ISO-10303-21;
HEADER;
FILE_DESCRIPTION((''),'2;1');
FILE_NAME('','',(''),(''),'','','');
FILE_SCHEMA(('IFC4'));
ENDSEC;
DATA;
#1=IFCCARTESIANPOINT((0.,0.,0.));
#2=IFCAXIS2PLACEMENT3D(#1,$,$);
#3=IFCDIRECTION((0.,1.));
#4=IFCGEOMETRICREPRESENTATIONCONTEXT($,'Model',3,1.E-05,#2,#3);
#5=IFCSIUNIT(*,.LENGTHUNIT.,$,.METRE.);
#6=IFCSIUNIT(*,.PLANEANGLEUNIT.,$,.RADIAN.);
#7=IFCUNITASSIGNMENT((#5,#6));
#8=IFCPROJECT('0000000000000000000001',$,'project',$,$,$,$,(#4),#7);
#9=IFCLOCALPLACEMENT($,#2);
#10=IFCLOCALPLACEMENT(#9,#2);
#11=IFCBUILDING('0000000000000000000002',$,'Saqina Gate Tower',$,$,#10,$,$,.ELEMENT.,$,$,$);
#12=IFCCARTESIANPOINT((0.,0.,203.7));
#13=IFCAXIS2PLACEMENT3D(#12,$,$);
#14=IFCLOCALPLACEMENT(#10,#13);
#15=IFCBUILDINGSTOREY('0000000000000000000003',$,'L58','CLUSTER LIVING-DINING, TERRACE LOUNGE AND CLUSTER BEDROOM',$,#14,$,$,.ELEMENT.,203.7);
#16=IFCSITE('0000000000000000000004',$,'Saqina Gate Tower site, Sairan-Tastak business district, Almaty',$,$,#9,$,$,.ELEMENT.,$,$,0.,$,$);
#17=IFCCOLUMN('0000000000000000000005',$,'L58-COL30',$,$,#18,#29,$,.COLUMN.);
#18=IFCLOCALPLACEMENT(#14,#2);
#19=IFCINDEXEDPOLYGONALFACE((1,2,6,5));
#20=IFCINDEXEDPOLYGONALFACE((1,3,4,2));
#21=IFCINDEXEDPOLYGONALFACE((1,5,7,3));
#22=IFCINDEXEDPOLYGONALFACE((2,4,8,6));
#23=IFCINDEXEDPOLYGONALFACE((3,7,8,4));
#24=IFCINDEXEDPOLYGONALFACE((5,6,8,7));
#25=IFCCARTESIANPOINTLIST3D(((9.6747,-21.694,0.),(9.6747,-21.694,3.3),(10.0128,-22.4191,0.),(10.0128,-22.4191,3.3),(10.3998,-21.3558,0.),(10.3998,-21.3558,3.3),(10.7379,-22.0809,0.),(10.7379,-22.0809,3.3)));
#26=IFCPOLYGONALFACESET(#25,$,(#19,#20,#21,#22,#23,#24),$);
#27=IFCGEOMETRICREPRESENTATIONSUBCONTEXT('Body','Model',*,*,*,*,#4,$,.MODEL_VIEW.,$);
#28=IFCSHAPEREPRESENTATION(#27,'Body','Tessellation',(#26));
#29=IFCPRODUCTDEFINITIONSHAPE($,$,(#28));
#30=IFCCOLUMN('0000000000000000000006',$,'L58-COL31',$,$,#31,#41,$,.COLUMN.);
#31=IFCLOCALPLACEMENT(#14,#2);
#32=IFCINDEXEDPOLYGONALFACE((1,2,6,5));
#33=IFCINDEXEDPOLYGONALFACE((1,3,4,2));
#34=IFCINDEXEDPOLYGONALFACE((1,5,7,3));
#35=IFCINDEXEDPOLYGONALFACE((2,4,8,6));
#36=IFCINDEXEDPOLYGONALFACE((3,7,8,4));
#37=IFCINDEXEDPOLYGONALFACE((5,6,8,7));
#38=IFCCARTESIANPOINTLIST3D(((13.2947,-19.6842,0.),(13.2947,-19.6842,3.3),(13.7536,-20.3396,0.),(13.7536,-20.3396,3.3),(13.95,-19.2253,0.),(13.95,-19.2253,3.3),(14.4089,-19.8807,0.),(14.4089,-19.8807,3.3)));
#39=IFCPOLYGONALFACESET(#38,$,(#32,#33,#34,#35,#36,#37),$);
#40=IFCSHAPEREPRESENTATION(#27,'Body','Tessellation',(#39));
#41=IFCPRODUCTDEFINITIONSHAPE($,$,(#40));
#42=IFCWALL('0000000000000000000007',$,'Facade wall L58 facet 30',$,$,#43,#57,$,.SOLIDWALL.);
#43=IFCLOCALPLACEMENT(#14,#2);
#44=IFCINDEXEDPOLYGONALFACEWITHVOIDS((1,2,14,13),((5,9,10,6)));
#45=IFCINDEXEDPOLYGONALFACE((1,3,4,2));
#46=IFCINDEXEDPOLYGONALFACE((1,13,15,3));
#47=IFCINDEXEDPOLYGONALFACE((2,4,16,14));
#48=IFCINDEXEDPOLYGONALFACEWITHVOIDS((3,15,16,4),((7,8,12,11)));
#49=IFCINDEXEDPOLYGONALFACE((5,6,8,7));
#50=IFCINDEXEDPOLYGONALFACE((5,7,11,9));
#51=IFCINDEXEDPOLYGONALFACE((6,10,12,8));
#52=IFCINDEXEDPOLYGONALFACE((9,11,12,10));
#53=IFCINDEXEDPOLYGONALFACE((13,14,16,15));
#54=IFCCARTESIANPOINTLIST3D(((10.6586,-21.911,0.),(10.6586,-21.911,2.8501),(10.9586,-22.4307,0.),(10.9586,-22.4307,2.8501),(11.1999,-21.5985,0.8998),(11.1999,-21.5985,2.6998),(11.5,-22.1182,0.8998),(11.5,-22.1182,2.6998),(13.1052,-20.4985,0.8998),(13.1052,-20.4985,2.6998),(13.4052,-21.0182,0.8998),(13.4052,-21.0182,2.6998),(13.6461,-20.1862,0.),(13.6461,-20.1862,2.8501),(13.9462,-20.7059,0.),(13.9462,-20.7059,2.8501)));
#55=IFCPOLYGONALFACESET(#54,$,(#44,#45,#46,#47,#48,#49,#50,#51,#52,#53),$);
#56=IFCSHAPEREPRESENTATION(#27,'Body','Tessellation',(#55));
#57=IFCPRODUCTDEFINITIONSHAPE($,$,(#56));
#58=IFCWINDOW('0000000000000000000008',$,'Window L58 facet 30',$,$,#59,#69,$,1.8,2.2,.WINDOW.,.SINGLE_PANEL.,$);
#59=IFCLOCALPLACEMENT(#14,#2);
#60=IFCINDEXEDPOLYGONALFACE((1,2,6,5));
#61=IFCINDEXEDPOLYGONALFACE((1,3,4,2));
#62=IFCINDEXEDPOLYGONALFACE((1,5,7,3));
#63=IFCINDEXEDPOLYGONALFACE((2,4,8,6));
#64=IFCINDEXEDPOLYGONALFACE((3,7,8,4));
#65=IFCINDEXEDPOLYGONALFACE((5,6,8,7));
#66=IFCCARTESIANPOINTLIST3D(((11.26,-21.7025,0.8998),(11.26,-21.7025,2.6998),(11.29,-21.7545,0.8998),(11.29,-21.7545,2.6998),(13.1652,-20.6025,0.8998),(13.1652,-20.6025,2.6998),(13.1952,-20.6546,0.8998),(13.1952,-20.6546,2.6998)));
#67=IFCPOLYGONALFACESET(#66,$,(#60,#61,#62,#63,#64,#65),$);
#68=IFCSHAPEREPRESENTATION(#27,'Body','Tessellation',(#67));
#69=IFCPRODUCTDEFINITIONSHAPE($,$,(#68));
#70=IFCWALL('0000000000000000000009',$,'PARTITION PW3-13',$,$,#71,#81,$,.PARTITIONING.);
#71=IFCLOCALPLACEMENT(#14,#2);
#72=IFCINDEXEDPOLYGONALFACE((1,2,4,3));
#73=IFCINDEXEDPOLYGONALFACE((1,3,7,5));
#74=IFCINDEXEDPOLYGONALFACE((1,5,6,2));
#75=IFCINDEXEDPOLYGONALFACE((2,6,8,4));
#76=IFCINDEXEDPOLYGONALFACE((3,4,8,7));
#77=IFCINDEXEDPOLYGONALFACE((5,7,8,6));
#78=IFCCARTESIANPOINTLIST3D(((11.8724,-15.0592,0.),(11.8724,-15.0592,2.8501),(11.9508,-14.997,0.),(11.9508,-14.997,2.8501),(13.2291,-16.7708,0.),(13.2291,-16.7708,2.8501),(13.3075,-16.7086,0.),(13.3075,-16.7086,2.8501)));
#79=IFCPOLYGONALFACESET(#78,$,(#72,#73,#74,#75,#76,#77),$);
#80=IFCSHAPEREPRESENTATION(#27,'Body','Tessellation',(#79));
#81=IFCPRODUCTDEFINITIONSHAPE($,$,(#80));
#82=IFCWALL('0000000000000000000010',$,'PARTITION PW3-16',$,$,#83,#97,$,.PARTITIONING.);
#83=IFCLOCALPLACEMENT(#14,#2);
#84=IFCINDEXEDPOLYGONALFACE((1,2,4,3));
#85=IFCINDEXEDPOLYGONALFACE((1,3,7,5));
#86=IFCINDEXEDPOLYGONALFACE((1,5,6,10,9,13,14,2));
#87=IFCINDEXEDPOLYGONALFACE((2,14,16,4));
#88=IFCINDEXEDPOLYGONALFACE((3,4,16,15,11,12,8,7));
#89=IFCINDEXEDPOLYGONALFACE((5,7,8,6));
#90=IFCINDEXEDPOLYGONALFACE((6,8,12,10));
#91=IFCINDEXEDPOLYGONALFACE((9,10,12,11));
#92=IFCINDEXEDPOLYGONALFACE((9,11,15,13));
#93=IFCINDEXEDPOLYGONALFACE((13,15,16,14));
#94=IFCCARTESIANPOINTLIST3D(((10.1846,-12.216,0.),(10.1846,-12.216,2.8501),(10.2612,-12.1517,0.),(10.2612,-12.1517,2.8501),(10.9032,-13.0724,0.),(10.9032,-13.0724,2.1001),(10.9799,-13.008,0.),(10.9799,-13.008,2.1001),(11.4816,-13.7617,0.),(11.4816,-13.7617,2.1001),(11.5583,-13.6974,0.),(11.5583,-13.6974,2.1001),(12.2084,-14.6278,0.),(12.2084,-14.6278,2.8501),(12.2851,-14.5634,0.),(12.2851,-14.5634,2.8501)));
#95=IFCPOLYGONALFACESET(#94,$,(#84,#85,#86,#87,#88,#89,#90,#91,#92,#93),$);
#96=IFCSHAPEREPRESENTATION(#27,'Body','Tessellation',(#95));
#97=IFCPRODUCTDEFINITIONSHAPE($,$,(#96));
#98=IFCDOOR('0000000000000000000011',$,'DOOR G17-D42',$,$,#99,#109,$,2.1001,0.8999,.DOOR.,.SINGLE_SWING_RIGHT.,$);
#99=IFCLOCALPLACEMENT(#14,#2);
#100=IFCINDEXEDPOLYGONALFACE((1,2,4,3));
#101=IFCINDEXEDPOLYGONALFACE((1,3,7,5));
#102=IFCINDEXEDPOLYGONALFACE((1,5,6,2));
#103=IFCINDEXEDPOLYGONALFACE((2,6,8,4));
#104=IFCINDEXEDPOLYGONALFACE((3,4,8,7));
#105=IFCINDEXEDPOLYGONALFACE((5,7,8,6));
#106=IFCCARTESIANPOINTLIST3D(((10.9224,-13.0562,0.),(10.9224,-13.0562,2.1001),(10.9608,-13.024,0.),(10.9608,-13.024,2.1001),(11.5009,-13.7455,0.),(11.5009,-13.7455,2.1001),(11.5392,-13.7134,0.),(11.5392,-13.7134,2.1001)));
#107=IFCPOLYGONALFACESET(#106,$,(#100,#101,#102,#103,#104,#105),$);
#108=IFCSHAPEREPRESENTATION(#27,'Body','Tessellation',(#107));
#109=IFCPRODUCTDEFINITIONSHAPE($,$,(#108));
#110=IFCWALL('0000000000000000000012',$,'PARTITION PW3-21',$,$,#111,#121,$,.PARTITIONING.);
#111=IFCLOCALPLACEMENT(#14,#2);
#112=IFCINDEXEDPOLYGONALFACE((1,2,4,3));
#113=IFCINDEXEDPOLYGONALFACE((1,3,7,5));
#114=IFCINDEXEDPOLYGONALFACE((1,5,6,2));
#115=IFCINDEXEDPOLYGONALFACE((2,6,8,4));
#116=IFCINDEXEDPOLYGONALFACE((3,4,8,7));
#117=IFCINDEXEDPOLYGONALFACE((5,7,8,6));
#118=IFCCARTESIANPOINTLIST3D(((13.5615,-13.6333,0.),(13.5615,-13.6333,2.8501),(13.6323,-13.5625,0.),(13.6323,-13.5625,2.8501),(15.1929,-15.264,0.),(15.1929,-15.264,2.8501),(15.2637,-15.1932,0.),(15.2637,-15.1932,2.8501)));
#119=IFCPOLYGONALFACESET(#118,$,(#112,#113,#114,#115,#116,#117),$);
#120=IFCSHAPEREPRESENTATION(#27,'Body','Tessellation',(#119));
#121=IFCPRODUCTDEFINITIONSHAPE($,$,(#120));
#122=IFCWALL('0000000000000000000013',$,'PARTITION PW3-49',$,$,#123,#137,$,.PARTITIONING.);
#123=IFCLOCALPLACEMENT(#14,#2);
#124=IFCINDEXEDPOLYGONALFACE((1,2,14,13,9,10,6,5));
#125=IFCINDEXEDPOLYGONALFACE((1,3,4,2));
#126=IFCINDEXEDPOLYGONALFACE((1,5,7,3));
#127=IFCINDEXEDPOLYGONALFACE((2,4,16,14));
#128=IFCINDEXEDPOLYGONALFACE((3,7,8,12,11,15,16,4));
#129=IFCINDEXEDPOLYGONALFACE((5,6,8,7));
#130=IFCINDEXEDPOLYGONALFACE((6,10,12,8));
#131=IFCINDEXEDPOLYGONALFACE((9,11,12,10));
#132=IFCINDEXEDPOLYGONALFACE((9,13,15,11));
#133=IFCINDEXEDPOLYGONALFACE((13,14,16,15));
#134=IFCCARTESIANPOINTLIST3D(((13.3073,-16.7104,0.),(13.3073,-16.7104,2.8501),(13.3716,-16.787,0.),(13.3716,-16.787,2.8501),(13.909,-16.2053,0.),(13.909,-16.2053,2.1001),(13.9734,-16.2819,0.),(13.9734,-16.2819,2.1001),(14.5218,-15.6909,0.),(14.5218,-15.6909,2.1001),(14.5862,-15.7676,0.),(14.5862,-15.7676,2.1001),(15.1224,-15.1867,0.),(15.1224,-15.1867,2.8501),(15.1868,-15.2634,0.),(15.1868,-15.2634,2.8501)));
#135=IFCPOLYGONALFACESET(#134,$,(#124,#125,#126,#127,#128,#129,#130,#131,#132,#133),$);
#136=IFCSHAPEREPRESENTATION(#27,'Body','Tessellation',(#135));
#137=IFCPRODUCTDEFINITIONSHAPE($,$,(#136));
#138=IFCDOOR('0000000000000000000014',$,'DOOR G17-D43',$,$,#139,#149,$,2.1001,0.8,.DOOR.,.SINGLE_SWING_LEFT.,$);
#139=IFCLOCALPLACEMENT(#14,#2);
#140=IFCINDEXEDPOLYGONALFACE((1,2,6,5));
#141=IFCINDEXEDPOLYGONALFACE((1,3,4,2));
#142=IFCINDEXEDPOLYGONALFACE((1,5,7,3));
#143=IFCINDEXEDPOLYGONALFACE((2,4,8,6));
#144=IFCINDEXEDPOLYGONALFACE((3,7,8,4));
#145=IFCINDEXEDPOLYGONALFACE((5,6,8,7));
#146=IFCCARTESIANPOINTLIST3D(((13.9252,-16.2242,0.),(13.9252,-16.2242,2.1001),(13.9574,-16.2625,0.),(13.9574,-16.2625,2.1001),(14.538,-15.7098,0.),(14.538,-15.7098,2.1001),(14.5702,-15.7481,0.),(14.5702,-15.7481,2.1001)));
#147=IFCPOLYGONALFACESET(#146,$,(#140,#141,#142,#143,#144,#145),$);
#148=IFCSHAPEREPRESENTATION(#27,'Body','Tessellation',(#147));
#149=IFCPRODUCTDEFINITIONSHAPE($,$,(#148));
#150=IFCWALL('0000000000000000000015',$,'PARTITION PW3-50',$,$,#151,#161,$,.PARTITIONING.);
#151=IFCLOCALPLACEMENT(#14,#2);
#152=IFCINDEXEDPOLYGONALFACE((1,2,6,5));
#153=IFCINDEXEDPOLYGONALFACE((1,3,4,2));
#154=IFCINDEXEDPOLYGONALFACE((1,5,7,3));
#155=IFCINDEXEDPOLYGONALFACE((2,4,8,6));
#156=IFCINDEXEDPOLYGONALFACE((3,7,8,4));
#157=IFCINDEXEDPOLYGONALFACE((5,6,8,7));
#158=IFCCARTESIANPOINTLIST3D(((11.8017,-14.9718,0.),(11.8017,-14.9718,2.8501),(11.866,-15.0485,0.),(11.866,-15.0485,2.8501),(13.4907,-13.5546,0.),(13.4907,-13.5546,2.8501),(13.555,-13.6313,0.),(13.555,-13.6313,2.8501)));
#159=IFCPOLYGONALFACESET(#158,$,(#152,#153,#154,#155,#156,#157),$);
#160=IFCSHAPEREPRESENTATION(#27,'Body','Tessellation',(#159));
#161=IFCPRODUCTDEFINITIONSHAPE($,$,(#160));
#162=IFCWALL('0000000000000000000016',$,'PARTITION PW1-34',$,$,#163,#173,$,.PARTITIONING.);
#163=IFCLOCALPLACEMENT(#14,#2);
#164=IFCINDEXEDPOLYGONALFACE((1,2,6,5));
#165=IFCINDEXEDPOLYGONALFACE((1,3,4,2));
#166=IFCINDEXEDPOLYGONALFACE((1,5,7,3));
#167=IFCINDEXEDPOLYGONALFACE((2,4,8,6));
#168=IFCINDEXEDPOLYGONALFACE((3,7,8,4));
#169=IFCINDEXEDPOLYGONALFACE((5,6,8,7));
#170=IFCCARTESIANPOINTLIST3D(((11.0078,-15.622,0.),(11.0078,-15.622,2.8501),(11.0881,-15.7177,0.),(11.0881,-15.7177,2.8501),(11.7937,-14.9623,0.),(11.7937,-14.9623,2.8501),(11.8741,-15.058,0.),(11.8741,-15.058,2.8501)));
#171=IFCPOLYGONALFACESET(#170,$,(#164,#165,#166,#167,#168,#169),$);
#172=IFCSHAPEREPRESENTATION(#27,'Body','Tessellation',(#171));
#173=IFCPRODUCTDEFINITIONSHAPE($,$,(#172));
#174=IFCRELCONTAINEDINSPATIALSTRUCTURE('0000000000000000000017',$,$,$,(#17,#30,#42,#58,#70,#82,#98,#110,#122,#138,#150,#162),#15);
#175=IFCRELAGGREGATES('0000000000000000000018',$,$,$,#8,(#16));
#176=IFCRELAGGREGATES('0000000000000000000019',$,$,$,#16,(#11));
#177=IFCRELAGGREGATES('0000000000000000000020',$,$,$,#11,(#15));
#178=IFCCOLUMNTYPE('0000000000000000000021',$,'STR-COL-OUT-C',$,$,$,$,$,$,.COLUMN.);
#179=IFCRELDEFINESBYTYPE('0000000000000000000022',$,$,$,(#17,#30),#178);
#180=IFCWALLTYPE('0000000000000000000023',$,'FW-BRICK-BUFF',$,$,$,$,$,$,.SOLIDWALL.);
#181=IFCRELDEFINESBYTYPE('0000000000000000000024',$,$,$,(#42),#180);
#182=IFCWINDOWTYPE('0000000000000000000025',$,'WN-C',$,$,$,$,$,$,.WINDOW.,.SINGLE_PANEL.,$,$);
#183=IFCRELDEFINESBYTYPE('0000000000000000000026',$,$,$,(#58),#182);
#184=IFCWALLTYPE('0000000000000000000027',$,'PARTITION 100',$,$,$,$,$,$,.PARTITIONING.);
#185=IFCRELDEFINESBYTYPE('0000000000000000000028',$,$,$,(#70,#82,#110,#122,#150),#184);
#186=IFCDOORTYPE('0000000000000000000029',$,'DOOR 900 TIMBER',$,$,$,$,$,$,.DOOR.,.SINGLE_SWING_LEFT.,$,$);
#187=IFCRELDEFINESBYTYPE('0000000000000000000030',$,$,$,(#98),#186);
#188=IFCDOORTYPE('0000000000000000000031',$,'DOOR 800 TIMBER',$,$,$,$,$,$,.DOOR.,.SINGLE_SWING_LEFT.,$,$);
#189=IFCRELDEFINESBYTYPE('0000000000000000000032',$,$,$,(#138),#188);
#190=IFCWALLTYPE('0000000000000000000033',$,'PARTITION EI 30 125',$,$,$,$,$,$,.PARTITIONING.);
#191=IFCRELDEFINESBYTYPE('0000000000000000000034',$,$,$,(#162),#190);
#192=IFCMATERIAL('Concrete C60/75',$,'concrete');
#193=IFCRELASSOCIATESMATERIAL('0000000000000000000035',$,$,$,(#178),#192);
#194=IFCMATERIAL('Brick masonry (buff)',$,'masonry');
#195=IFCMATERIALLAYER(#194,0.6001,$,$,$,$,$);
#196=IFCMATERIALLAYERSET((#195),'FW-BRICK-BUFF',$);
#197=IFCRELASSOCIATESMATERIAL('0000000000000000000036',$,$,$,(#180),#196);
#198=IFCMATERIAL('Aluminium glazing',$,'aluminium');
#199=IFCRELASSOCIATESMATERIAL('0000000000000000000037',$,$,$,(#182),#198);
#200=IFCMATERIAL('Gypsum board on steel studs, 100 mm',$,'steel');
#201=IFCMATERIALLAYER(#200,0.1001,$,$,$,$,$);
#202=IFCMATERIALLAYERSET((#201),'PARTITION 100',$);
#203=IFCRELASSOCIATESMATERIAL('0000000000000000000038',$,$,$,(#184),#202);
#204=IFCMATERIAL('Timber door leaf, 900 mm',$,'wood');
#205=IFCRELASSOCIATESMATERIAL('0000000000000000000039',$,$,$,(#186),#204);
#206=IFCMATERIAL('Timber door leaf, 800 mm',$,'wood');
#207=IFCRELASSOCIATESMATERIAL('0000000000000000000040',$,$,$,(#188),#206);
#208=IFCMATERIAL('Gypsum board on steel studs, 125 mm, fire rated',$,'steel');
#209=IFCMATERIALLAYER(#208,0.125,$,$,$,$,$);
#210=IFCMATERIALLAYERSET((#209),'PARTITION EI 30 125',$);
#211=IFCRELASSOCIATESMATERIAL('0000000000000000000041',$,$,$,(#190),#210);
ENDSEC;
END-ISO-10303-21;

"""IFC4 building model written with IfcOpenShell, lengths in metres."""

from ifc_helpers import new_model, si_unit, direction, frame, frame_2d, origin, origin_2d, place, context, subcontext, project, spatial, rectangle, extrude, material, layer, layer_set, material_profile, profile_set, type_object, element, fill, save


model = new_model("IFC4")

# Units and contexts
model_context = context("Model", 3, precision=1e-05, world=origin(), true_north=direction((0.0, 1.0)))
body_context = subcontext(model_context, "Body", "Model", "MODEL_VIEW")
ifc_project = project(units=[si_unit("LENGTHUNIT", "METRE"), si_unit("PLANEANGLEUNIT", "RADIAN")], contexts=[model_context])

# Site, building, storey
site_placement = place(None, origin())
site = spatial("IfcSite", under=ifc_project, at=site_placement, Name="Saqina Gate Tower site, Sairan-Tastak business district, Almaty", CompositionType="ELEMENT", RefElevation=0.0)
building_placement = place(site_placement, origin())
building = spatial("IfcBuilding", under=site, at=building_placement, Name="Saqina Gate Tower", CompositionType="ELEMENT")
storey_placement = place(building_placement, frame((0.0, 0.0, 203.7)))
storey = spatial("IfcBuildingStorey", under=building, at=storey_placement, Name="L58", Description="CLUSTER LIVING-DINING, TERRACE LOUNGE AND CLUSTER BEDROOM", CompositionType="ELEMENT", Elevation=203.7)

# Columns
ifc_material_1 = material(Name="Concrete C60/75", Category="concrete")
ifc_material_profile = material_profile(ifc_material_1, rectangle(XDim=0.8, YDim=0.8, at=origin_2d()), Name="RC 800x800")
ifc_profile_set = profile_set([ifc_material_profile], Name="Concrete C60/75")
column_type = type_object("IfcColumnType", Name="STR-COL-OUT-C", PredefinedType="COLUMN", material=ifc_profile_set)
for number, where, z_axis, x_axis, name in (
    (1, (10.2063, -21.8875, 0.0), (0.0, 0.0, 1.0), (0.422618, -0.906308, 0.0), "L58-COL30"),
    (2, (13.8518, -19.7825, 0.0), (0.0, 0.0, 1.0), (0.573576, -0.819152, 0.0), "L58-COL31"),
):
    element("IfcColumn", number, at=place(storey_placement, frame(where, z_axis=z_axis, x_axis=x_axis)), inside=storey, type_object=column_type, Name=name, PredefinedType="COLUMN", context=body_context, shape_type="SweptSolid", body=[
        extrude(rectangle(XDim=0.8, YDim=0.8, at=origin_2d()), origin(), (0.0, 0.0, 1.0), 3.3),
    ])

# Wall, opening, window
ifc_material_2 = material(Name="Brick masonry (buff)", Category="masonry")
ifc_layer_1 = layer(ifc_material_2, 0.6001)
ifc_layer_set_1 = layer_set([ifc_layer_1], Name="FW-BRICK-BUFF")
wall_type_1 = type_object("IfcWallType", Name="FW-BRICK-BUFF", PredefinedType="SOLIDWALL", material=ifc_layer_set_1)
wall_1_placement = place(storey_placement, frame((10.8086, -22.1709, 0.0), z_axis=(0.0, 0.0, 1.0), x_axis=(0.866026, 0.499998, 0.0)))
wall_1 = element("IfcWall", 3, at=wall_1_placement, inside=storey, type_object=wall_type_1, Name="Facade wall L58 facet 30", PredefinedType="SOLIDWALL", context=body_context, shape_type="SweptSolid", body=[
    extrude(rectangle(XDim=3.4497, YDim=0.6001, at=frame_2d((1.7249, 0.0))), origin(), (0.0, 0.0, 1.0), 2.8501),
])
opening_1_placement = place(wall_1_placement, frame((0.625, 0.0, 0.8999)))
opening_1 = element("IfcOpeningElement", 4, at=opening_1_placement, cuts=wall_1, PredefinedType="OPENING", context=body_context, shape_type="SweptSolid", body=[
    extrude(rectangle(XDim=2.2, YDim=1.8, at=frame_2d((1.1001, 0.8999))), frame((0.0, 0.312, 0.0), z_axis=(0.0, -1.0, 0.0), x_axis=(1.0, 0.0, 0.0)), (0.0, 0.0, 1.0), 0.624),
])
ifc_material_3 = material(Name="Aluminium glazing", Category="aluminium")
window_type = type_object("IfcWindowType", Name="WN-C", PartitioningType="SINGLE_PANEL", PredefinedType="WINDOW", material=ifc_material_3)
window_placement = place(opening_1_placement, origin())
window = element("IfcWindow", 5, at=window_placement, inside=storey, type_object=window_type, Name="Window L58 facet 30", OverallHeight=1.8, OverallWidth=2.2, PartitioningType="SINGLE_PANEL", PredefinedType="WINDOW", context=body_context, shape_type="SweptSolid", body=[
    extrude(rectangle(XDim=2.2, YDim=1.8, at=frame_2d((1.1001, 0.8999))), frame((0.0, 0.1799, 0.0), z_axis=(0.0, -1.0, 0.0), x_axis=(1.0, 0.0, 0.0)), (0.0, 0.0, 1.0), 0.0601),
])
fill(opening_1, window)

# Wall
ifc_material_4 = material(Name="Gypsum board on steel studs, 100 mm", Category="steel")
ifc_layer_2 = layer(ifc_material_4, 0.1001)
ifc_layer_set_2 = layer_set([ifc_layer_2], Name="PARTITION 100")
wall_type_2 = type_object("IfcWallType", Name="PARTITION 100", PredefinedType="PARTITIONING", material=ifc_layer_set_2)
wall_2_placement = place(storey_placement, frame((11.9116, -15.0281, 0.0), z_axis=(0.0, 0.0, 1.0), x_axis=(0.621158, -0.783685, 0.0)))
element("IfcWall", 6, at=wall_2_placement, inside=storey, type_object=wall_type_2, Name="PARTITION PW3-13", PredefinedType="PARTITIONING", context=body_context, shape_type="SweptSolid", body=[
    extrude(rectangle(XDim=2.1841, YDim=0.1001, at=frame_2d((1.092, 0.0))), origin(), (0.0, 0.0, 1.0), 2.8501),
])

# Wall, opening, door
wall_3_placement = place(storey_placement, frame((10.2229, -12.1838, 0.0), z_axis=(0.0, 0.0, 1.0), x_axis=(0.642812, -0.766024, 0.0)))
wall_3 = element("IfcWall", 7, at=wall_3_placement, inside=storey, type_object=wall_type_2, Name="PARTITION PW3-16", PredefinedType="PARTITIONING", context=body_context, shape_type="SweptSolid", body=[
    extrude(rectangle(XDim=3.1484, YDim=0.1001, at=frame_2d((1.5742, 0.0))), origin(), (0.0, 0.0, 1.0), 2.8501),
])
opening_2_placement = place(wall_3_placement, frame((1.1179, 0.0, 0.0)))
opening_2 = element("IfcOpeningElement", 8, at=opening_2_placement, cuts=wall_3, PredefinedType="OPENING", context=body_context, shape_type="SweptSolid", body=[
    extrude(rectangle(XDim=0.8999, YDim=2.1001, at=frame_2d((0.45, 1.05))), frame((0.0, 0.062, 0.0), z_axis=(0.0, -1.0, 0.0), x_axis=(1.0, 0.0, 0.0)), (0.0, 0.0, 1.0), 0.124),
])
ifc_material_5 = material(Name="Timber door leaf, 900 mm", Category="wood")
door_type_1 = type_object("IfcDoorType", Name="DOOR 900 TIMBER", OperationType="SINGLE_SWING_LEFT", PredefinedType="DOOR", material=ifc_material_5)
door_1_placement = place(opening_2_placement, frame((0.8999, 0.0, 0.0), z_axis=(0.0, 0.0, 1.0), x_axis=(-1.0, 0.0, 0.0)))
door_1 = element("IfcDoor", 9, at=door_1_placement, inside=storey, type_object=door_type_1, Name="DOOR G17-D42", OperationType="SINGLE_SWING_RIGHT", OverallHeight=2.1001, OverallWidth=0.8999, PredefinedType="DOOR", context=body_context, shape_type="SweptSolid", body=[
    extrude(rectangle(XDim=0.8999, YDim=2.1001, at=frame_2d((0.45, 1.05))), frame((0.0, 0.0249, 0.0), z_axis=(0.0, -1.0, 0.0), x_axis=(1.0, 0.0, 0.0)), (0.0, 0.0, 1.0), 0.05),
])
fill(opening_2, door_1)

# Wall
wall_4_placement = place(storey_placement, frame((13.5969, -13.5979, 0.0), z_axis=(0.0, 0.0, 1.0), x_axis=(0.707266, -0.706948, 0.0)))
element("IfcWall", 10, at=wall_4_placement, inside=storey, type_object=wall_type_2, Name="PARTITION PW3-21", PredefinedType="PARTITIONING", context=body_context, shape_type="SweptSolid", body=[
    extrude(rectangle(XDim=2.3066, YDim=0.1001, at=frame_2d((1.1533, 0.0))), origin(), (0.0, 0.0, 1.0), 2.8501),
])

# Wall, opening, door
wall_5_placement = place(storey_placement, frame((13.3394, -16.7488, 0.0), z_axis=(0.0, 0.0, 1.0), x_axis=(0.765928, 0.642926, 0.0)))
wall_5 = element("IfcWall", 11, at=wall_5_placement, inside=storey, type_object=wall_type_2, Name="PARTITION PW3-49", PredefinedType="PARTITIONING", context=body_context, shape_type="SweptSolid", body=[
    extrude(rectangle(XDim=2.3699, YDim=0.1001, at=frame_2d((1.1851, 0.0))), origin(), (0.0, 0.0, 1.0), 2.8501),
])
opening_3_placement = place(wall_5_placement, frame((0.7859, 0.0, 0.0)))
opening_3 = element("IfcOpeningElement", 12, at=opening_3_placement, cuts=wall_5, PredefinedType="OPENING", context=body_context, shape_type="SweptSolid", body=[
    extrude(rectangle(XDim=0.8, YDim=2.1001, at=frame_2d((0.3999, 1.05))), frame((0.0, 0.062, 0.0), z_axis=(0.0, -1.0, 0.0), x_axis=(1.0, 0.0, 0.0)), (0.0, 0.0, 1.0), 0.124),
])
ifc_material_6 = material(Name="Timber door leaf, 800 mm", Category="wood")
door_type_2 = type_object("IfcDoorType", Name="DOOR 800 TIMBER", OperationType="SINGLE_SWING_LEFT", PredefinedType="DOOR", material=ifc_material_6)
door_2_placement = place(opening_3_placement, frame((0.8, 0.0, 0.0), z_axis=(0.0, 0.0, 1.0), x_axis=(-1.0, 0.0, 0.0)))
door_2 = element("IfcDoor", 13, at=door_2_placement, inside=storey, type_object=door_type_2, Name="DOOR G17-D43", OperationType="SINGLE_SWING_LEFT", OverallHeight=2.1001, OverallWidth=0.8, PredefinedType="DOOR", context=body_context, shape_type="SweptSolid", body=[
    extrude(rectangle(XDim=0.8, YDim=2.1001, at=frame_2d((0.3999, 1.05))), frame((0.0, 0.0249, 0.0), z_axis=(0.0, -1.0, 0.0), x_axis=(1.0, 0.0, 0.0)), (0.0, 0.0, 1.0), 0.05),
])
fill(opening_3, door_2)

# Walls
wall_6_placement = place(storey_placement, frame((11.8337, -15.0103, 0.0), z_axis=(0.0, 0.0, 1.0), x_axis=(0.766039, 0.642795, 0.0)))
element("IfcWall", 14, at=wall_6_placement, inside=storey, type_object=wall_type_2, Name="PARTITION PW3-50", PredefinedType="PARTITIONING", context=body_context, shape_type="SweptSolid", body=[
    extrude(rectangle(XDim=2.2048, YDim=0.1001, at=frame_2d((1.1025, 0.0))), origin(), (0.0, 0.0, 1.0), 2.8501),
])
ifc_material_7 = material(Name="Gypsum board on steel studs, 125 mm, fire rated", Category="steel")
ifc_layer_3 = layer(ifc_material_7, 0.125)
ifc_layer_set_3 = layer_set([ifc_layer_3], Name="PARTITION EI 30 125")
wall_type_3 = type_object("IfcWallType", Name="PARTITION EI 30 125", PredefinedType="PARTITIONING", material=ifc_layer_set_3)
wall_7_placement = place(storey_placement, frame((11.0479, -15.6699, 0.0), z_axis=(0.0, 0.0, 1.0), x_axis=(0.765934, 0.642919, 0.0)))
element("IfcWall", 15, at=wall_7_placement, inside=storey, type_object=wall_type_3, Name="PARTITION PW1-34", PredefinedType="PARTITIONING", context=body_context, shape_type="SweptSolid", body=[
    extrude(rectangle(XDim=1.0261, YDim=0.125, at=frame_2d((0.5132, 0.0))), origin(), (0.0, 0.0, 1.0), 2.8501),
])

save(model, "model.ifc")
